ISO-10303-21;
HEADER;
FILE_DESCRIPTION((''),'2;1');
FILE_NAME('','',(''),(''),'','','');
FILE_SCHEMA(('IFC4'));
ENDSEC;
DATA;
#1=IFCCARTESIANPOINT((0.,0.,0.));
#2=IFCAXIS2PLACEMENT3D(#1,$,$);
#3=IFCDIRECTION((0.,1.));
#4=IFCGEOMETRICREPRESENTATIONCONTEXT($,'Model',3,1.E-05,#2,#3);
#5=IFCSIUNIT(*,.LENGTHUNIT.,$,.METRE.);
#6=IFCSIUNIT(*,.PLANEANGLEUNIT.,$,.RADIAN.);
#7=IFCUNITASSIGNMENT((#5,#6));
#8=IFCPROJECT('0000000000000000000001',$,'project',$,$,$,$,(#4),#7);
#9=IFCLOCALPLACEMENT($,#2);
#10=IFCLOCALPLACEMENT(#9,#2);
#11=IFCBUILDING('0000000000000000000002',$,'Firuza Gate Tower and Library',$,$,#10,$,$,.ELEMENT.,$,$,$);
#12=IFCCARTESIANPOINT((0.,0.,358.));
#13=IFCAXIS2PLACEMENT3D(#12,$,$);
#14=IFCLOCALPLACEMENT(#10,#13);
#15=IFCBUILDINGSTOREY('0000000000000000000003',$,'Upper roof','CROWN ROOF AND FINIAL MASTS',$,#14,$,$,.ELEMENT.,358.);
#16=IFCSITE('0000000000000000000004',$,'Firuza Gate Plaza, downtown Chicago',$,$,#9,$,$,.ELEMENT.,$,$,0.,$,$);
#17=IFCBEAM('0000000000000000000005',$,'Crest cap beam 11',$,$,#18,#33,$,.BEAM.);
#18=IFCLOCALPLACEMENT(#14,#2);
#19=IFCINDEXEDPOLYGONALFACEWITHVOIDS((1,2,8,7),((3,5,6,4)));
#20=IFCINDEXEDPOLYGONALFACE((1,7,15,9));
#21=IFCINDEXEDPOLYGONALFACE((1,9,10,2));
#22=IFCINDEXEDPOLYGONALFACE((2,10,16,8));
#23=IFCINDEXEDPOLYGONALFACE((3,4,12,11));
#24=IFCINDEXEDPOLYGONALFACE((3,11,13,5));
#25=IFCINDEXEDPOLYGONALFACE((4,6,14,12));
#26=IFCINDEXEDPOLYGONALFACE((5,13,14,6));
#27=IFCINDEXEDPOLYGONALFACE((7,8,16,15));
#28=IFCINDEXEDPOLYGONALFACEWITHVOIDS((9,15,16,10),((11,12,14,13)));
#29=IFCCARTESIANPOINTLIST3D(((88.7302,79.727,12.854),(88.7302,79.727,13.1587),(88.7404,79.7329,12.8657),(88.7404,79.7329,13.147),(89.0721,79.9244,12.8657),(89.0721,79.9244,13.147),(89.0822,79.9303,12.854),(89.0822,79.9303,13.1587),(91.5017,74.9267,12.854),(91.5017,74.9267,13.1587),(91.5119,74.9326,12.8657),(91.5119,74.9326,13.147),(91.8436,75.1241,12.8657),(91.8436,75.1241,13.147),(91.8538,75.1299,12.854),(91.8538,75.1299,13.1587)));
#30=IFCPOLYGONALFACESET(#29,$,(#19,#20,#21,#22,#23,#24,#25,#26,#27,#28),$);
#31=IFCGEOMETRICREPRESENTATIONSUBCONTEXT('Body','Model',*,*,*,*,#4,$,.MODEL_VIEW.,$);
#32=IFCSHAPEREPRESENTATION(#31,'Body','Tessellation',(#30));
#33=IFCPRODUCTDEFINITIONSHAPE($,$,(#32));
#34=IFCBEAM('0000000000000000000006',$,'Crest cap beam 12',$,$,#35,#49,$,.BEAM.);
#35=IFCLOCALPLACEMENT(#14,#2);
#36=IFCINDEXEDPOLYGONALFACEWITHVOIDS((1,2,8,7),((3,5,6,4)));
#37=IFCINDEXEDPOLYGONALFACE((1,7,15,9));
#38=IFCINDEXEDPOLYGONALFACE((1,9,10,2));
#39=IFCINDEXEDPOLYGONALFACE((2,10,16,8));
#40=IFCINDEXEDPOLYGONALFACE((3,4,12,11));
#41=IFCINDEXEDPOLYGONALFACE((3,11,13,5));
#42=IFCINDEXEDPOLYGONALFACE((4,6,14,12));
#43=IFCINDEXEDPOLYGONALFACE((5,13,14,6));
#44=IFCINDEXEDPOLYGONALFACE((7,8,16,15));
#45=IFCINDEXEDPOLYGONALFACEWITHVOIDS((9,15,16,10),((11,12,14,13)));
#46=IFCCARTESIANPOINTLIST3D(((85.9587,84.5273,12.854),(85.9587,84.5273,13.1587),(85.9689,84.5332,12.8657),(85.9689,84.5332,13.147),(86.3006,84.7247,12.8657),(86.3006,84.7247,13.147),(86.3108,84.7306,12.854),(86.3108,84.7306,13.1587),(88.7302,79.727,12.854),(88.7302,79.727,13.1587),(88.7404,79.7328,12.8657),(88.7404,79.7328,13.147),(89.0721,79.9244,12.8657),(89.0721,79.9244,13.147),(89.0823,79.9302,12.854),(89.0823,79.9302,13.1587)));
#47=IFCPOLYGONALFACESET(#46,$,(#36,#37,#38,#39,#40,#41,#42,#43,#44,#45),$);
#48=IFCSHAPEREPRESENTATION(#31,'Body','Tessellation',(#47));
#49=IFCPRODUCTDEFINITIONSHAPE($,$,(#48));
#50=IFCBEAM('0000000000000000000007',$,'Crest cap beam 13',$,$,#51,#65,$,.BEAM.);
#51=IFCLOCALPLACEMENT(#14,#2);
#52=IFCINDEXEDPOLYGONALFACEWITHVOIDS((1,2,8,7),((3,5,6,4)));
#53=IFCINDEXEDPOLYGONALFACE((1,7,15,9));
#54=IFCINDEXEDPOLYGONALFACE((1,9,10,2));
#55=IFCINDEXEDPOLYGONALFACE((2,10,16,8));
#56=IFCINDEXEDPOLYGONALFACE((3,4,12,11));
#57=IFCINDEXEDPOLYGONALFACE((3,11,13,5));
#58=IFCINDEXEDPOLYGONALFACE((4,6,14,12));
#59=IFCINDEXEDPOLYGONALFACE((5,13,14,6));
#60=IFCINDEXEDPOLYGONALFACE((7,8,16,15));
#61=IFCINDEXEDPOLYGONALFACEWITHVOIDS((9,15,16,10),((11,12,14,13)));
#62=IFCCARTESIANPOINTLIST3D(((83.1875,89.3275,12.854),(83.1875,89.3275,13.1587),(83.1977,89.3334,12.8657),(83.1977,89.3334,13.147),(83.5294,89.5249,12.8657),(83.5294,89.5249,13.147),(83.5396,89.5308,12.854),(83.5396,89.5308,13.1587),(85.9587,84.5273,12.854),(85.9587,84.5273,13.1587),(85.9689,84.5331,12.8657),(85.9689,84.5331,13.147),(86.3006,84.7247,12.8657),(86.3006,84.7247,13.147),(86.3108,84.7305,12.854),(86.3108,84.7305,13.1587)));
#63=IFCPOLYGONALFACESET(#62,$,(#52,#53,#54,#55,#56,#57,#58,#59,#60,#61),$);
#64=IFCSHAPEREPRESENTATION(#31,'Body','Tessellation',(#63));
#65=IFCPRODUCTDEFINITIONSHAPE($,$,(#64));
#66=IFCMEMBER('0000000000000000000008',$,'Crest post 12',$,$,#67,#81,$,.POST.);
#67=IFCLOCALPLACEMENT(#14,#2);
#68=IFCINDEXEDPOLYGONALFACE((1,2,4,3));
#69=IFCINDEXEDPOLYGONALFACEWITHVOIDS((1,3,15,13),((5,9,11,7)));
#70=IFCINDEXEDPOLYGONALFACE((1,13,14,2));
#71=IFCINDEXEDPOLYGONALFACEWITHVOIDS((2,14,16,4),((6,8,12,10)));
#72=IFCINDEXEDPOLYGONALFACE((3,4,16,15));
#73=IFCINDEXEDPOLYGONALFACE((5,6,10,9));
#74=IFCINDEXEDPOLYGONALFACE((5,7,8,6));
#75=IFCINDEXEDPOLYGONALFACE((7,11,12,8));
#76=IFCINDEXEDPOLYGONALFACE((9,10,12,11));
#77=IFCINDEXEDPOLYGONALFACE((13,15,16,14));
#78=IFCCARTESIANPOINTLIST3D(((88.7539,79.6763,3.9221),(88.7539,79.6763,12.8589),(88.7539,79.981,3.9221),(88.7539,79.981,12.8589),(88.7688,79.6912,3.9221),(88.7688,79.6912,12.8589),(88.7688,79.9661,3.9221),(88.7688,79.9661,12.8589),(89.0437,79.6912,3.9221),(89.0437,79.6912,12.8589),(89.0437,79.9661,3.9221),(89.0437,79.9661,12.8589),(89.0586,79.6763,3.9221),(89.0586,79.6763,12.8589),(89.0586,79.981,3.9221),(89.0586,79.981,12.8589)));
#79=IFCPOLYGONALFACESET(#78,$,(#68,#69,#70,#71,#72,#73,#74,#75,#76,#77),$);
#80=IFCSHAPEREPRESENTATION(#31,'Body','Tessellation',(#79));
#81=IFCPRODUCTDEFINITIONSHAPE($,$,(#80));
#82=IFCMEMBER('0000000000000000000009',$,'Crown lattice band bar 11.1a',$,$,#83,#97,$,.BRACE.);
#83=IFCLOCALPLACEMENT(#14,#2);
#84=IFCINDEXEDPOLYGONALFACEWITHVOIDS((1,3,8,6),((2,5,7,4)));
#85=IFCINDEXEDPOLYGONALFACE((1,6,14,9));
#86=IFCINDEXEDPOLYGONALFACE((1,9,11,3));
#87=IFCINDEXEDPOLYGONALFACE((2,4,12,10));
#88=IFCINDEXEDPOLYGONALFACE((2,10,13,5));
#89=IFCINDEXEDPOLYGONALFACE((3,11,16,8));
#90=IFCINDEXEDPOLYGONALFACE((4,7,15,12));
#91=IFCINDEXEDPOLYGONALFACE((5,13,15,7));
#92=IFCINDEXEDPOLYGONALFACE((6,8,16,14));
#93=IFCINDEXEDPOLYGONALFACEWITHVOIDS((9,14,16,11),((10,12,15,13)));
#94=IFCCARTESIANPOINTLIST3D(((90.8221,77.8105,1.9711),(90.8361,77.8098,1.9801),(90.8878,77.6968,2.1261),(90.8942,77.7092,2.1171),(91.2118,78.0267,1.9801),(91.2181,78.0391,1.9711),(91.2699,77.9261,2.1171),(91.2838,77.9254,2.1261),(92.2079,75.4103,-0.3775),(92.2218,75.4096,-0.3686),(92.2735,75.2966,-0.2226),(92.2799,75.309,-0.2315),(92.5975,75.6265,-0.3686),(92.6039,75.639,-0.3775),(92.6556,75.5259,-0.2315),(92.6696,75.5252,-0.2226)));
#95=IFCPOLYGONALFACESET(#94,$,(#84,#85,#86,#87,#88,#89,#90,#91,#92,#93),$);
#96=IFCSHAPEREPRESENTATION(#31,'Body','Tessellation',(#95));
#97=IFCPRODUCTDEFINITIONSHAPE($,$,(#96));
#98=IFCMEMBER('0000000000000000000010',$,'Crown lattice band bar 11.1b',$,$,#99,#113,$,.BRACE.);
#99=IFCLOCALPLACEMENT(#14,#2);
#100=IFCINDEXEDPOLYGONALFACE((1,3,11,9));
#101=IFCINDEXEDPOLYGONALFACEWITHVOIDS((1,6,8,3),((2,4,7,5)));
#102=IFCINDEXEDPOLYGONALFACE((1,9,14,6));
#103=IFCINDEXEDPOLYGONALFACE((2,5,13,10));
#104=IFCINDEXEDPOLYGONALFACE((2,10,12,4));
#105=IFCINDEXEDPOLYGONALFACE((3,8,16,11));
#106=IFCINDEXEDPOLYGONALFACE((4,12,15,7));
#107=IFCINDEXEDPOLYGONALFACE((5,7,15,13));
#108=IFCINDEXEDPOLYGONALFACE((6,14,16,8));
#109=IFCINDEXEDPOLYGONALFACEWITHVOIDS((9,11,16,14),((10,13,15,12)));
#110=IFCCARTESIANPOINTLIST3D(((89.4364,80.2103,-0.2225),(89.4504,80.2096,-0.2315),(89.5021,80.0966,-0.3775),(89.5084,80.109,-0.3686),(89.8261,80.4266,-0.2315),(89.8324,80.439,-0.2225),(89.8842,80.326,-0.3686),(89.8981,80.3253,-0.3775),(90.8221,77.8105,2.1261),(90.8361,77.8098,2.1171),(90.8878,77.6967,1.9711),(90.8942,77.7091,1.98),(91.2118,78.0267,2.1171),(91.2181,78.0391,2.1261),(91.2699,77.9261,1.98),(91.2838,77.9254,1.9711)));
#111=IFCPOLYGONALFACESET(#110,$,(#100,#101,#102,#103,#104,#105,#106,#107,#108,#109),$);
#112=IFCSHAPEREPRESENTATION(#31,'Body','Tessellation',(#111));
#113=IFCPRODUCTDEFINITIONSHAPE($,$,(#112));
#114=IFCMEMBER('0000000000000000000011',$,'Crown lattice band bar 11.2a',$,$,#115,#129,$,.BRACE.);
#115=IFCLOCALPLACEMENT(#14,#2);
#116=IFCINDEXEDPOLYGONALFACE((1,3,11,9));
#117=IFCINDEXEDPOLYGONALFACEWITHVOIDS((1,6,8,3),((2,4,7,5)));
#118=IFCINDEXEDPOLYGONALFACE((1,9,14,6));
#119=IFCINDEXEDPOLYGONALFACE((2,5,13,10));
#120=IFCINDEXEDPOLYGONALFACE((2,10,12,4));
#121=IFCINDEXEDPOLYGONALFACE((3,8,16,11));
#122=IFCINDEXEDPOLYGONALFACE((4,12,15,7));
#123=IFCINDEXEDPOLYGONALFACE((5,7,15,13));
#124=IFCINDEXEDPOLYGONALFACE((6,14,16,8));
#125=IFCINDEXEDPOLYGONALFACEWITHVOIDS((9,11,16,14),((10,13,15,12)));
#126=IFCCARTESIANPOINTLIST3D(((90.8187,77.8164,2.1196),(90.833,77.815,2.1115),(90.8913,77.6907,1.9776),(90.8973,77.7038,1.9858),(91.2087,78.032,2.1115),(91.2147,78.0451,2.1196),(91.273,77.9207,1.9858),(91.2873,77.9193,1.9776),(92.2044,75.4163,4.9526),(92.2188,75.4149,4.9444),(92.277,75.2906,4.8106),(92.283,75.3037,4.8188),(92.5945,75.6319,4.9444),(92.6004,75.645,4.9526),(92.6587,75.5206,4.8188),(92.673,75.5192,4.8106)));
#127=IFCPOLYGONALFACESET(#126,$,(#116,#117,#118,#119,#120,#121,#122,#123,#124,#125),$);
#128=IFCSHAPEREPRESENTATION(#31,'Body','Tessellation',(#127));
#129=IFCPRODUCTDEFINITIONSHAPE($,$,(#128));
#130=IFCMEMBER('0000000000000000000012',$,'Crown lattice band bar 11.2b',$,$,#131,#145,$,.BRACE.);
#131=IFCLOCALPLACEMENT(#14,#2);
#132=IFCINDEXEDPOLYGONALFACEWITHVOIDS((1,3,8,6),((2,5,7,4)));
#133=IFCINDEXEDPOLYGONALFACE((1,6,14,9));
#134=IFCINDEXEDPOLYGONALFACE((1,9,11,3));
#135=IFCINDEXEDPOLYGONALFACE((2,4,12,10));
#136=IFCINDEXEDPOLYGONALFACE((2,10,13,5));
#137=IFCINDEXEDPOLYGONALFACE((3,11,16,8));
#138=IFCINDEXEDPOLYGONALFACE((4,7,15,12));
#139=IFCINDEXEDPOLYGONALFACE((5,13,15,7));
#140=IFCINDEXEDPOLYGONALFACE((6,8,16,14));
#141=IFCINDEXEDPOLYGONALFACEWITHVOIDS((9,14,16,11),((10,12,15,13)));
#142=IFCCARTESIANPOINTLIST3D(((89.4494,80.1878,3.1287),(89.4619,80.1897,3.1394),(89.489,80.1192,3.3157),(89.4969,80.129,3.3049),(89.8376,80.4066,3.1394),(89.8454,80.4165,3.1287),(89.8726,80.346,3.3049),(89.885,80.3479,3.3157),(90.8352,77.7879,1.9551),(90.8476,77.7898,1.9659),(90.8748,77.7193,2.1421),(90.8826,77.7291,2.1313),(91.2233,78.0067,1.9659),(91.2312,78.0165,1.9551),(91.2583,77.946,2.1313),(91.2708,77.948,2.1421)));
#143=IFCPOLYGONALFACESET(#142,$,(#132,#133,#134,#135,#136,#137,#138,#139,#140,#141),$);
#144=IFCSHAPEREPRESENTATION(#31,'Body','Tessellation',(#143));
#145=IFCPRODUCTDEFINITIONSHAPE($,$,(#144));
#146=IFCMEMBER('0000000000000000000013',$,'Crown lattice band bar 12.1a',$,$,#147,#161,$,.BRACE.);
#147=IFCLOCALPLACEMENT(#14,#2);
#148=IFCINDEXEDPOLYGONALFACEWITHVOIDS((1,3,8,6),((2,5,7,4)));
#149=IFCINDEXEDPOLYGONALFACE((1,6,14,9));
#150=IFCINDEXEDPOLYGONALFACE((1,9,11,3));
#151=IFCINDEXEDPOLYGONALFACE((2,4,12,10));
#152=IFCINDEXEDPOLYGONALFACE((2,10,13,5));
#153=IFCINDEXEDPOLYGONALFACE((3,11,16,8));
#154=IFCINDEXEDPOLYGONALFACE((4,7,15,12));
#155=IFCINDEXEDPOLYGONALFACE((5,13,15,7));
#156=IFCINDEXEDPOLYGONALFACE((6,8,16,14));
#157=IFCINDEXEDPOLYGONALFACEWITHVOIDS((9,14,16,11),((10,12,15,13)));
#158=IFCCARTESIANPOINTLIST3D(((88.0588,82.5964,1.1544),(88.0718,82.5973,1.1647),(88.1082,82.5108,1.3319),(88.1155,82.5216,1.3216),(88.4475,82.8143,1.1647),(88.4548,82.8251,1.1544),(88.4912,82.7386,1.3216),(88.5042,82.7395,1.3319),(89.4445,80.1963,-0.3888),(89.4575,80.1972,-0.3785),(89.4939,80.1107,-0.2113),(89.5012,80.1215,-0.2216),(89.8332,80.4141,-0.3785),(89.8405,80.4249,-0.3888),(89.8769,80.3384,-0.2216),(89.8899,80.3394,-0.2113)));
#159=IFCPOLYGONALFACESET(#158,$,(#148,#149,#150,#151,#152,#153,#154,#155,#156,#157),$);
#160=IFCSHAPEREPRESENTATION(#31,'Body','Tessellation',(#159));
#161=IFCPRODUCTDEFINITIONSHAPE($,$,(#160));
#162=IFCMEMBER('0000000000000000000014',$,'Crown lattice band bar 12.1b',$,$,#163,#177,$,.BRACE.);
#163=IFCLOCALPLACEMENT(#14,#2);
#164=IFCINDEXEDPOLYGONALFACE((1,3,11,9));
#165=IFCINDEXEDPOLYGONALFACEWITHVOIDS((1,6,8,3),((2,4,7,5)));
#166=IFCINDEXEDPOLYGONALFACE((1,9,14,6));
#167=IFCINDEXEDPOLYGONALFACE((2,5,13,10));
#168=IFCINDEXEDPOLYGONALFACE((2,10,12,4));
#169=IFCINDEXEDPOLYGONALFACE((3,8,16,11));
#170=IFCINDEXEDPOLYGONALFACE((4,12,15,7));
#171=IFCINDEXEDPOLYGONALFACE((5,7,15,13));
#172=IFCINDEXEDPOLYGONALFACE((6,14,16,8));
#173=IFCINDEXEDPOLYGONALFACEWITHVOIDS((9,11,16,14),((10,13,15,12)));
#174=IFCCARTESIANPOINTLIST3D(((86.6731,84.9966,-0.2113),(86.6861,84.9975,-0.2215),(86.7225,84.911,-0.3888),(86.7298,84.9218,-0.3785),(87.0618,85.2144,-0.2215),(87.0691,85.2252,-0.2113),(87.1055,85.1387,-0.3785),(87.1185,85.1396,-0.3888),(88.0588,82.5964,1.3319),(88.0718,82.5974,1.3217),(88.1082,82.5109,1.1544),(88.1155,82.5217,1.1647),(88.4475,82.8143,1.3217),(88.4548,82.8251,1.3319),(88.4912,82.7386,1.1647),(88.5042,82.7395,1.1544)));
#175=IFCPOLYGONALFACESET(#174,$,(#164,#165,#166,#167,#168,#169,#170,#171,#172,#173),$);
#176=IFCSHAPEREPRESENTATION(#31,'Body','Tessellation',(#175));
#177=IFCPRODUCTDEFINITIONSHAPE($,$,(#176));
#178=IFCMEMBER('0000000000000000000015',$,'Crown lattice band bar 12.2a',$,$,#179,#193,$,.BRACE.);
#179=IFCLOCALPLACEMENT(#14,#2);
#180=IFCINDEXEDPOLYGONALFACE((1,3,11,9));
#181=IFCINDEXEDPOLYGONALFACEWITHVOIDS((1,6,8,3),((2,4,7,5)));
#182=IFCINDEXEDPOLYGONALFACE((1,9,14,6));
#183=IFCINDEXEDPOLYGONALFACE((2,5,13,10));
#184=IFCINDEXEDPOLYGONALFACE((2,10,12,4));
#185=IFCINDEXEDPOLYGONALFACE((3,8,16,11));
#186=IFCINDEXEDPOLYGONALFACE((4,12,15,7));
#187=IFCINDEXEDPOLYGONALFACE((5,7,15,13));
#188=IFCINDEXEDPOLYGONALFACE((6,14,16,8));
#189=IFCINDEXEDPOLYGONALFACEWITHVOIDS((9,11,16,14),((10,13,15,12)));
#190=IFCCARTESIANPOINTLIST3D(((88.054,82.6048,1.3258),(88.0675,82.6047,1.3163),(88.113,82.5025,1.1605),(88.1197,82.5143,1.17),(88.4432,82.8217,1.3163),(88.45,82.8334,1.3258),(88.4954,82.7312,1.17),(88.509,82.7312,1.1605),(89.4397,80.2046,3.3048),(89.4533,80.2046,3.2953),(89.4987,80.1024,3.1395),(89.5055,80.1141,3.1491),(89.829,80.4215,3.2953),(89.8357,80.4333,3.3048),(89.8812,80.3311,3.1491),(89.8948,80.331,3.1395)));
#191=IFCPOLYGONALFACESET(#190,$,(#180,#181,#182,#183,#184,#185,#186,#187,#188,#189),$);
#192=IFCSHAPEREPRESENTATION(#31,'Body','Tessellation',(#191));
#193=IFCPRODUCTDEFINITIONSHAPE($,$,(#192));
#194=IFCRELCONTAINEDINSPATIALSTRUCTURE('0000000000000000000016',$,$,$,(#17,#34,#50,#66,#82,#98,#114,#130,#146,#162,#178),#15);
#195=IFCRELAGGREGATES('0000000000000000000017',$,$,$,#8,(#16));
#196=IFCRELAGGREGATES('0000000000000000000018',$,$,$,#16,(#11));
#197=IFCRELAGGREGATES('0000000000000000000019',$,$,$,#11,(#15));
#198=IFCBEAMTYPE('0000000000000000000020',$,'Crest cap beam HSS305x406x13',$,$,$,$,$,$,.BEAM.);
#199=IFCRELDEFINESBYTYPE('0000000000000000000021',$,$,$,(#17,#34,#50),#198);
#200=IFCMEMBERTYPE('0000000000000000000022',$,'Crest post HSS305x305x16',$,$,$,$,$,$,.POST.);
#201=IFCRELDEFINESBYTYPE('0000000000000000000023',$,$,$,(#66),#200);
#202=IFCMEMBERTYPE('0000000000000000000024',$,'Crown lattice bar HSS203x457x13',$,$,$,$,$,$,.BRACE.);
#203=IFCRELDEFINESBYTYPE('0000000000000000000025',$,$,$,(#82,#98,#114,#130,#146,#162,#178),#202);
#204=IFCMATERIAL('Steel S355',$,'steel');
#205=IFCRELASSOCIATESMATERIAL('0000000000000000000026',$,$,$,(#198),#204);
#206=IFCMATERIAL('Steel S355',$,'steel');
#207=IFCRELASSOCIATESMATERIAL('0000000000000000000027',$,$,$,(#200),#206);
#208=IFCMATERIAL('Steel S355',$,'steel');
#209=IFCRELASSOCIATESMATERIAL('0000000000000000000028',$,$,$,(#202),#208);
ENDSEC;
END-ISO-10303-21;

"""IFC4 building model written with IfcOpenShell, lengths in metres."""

from ifc_helpers import new_model, si_unit, direction, frame, origin, origin_2d, place, context, subcontext, project, spatial, hollow_rectangle, extrude, material, material_profile, profile_set, type_object, element, save


model = new_model("IFC4")

# Units and contexts
model_context = context("Model", 3, precision=1e-05, world=origin(), true_north=direction((0.0, 1.0)))
body_context = subcontext(model_context, "Body", "Model", "MODEL_VIEW")
ifc_project = project(units=[si_unit("LENGTHUNIT", "METRE"), si_unit("PLANEANGLEUNIT", "RADIAN")], contexts=[model_context])

# Site, building, storey
site_placement = place(None, origin())
site = spatial("IfcSite", under=ifc_project, at=site_placement, Name="Firuza Gate Plaza, downtown Chicago", CompositionType="ELEMENT", RefElevation=0.0)
building_placement = place(site_placement, origin())
building = spatial("IfcBuilding", under=site, at=building_placement, Name="Firuza Gate Tower and Library", CompositionType="ELEMENT")
storey_placement = place(building_placement, frame((0.0, 0.0, 358.0)))
storey = spatial("IfcBuildingStorey", under=building, at=storey_placement, Name="Upper roof", Description="CROWN ROOF AND FINIAL MASTS", CompositionType="ELEMENT", Elevation=358.0)

# Beams
ifc_material_1 = material(Name="Steel S355", Category="steel")
ifc_material_profile_1 = material_profile(ifc_material_1, hollow_rectangle(XDim=0.4065, YDim=0.3047, WallThickness=0.0117, at=origin_2d()))
ifc_profile_set_1 = profile_set([ifc_material_profile_1], Name="Steel S355")
beam_type_1 = type_object("IfcBeamType", Name="Crest cap beam HSS305x406x13", PredefinedType="BEAM", material=ifc_profile_set_1)
for number, where, z_axis, x_axis, name in (
    (1, (91.6777, 75.0283, 13.0063), (-0.500005, 0.866023, 0.0), (-0.866023, -0.500005, 0.0), "Crest cap beam 11"),
    (2, (88.9062, 79.8286, 13.0063), (-0.500005, 0.866023, 0.0), (-0.866023, -0.500005, 0.0), "Crest cap beam 12"),
):
    element("IfcBeam", number, at=place(storey_placement, frame(where, z_axis=z_axis, x_axis=x_axis)), inside=storey, type_object=beam_type_1, Name=name, PredefinedType="BEAM", context=body_context, shape_type="SweptSolid", body=[
        extrude(hollow_rectangle(XDim=0.4065, YDim=0.3047, WallThickness=0.0117, at=origin_2d()), origin(), (0.0, 0.0, 1.0), 5.543),
    ])
beam_1_placement = place(storey_placement, frame((86.1348, 84.6289, 13.0063), z_axis=(-0.499972, 0.866042, 0.0), x_axis=(-0.866042, -0.499972, 0.0)))
element("IfcBeam", 3, at=beam_1_placement, inside=storey, type_object=beam_type_1, Name="Crest cap beam 13", PredefinedType="BEAM", context=body_context, shape_type="SweptSolid", body=[
    extrude(hollow_rectangle(XDim=0.4065, YDim=0.3047, WallThickness=0.0117, at=origin_2d()), origin(), (0.0, 0.0, 1.0), 5.5427),
])

# Members
ifc_material_2 = material(Name="Steel S355", Category="steel")
ifc_material_profile_2 = material_profile(ifc_material_2, hollow_rectangle(XDim=0.3047, YDim=0.3047, WallThickness=0.0149, at=origin_2d()))
ifc_profile_set_2 = profile_set([ifc_material_profile_2], Name="Steel S355")
member_type_1 = type_object("IfcMemberType", Name="Crest post HSS305x305x16", PredefinedType="POST", material=ifc_profile_set_2)
member_1_placement = place(storey_placement, frame((88.9062, 79.8286, 3.9221), z_axis=(0.0, 0.0, 1.0), x_axis=(1.0, 0.0, 0.0)))
element("IfcMember", 4, at=member_1_placement, inside=storey, type_object=member_type_1, Name="Crest post 12", PredefinedType="POST", context=body_context, shape_type="SweptSolid", body=[
    extrude(hollow_rectangle(XDim=0.3047, YDim=0.3047, WallThickness=0.0149, at=origin_2d()), origin(), (0.0, 0.0, 1.0), 8.9368),
])
ifc_material_3 = material(Name="Steel S355", Category="steel")
ifc_material_profile_3 = material_profile(ifc_material_3, hollow_rectangle(XDim=0.4573, YDim=0.2031, WallThickness=0.0117, at=origin_2d()))
ifc_profile_set_3 = profile_set([ifc_material_profile_3], Name="Steel S355")
member_type_2 = type_object("IfcMemberType", Name="Crown lattice bar HSS203x457x13", PredefinedType="BRACE", material=ifc_profile_set_3)
member_2_placement = place(storey_placement, frame((92.4387, 75.4678, -0.3), z_axis=(-0.381455, 0.660692, 0.646512), x_axis=(-0.866023, -0.500005, 0.0)))
element("IfcMember", 5, at=member_2_placement, inside=storey, type_object=member_type_2, Name="Crown lattice band bar 11.1a", PredefinedType="BRACE", context=body_context, shape_type="SweptSolid", body=[
    extrude(hollow_rectangle(XDim=0.4573, YDim=0.2031, WallThickness=0.0117, at=origin_2d()), origin(), (0.0, 0.0, 1.0), 3.6328),
])
member_3_placement = place(storey_placement, frame((91.053, 77.8679, 2.0486), z_axis=(-0.381472, 0.660654, -0.646541), x_axis=(-0.866001, -0.500043, 0.0)))
element("IfcMember", 6, at=member_3_placement, inside=storey, type_object=member_type_2, Name="Crown lattice band bar 11.1b", PredefinedType="BRACE", context=body_context, shape_type="SweptSolid", body=[
    extrude(hollow_rectangle(XDim=0.4573, YDim=0.2031, WallThickness=0.0117, at=origin_2d()), origin(), (0.0, 0.0, 1.0), 3.6326),
])
member_4_placement = place(storey_placement, frame((92.4387, 75.4678, 4.8816), z_axis=(-0.349653, 0.605609, -0.714829), x_axis=(-0.866023, -0.500005, 0.0)))
element("IfcMember", 7, at=member_4_placement, inside=storey, type_object=member_type_2, Name="Crown lattice band bar 11.2a", PredefinedType="BRACE", context=body_context, shape_type="SweptSolid", body=[
    extrude(hollow_rectangle(XDim=0.4573, YDim=0.2031, WallThickness=0.0117, at=origin_2d()), origin(), (0.0, 0.0, 1.0), 3.9631),
])
member_5_placement = place(storey_placement, frame((91.053, 77.8679, 2.0486), z_axis=(-0.460455, 0.797441, 0.389959), x_axis=(-0.866001, -0.500043, 0.0)))
element("IfcMember", 8, at=member_5_placement, inside=storey, type_object=member_type_2, Name="Crown lattice band bar 11.2b", PredefinedType="BRACE", context=body_context, shape_type="SweptSolid", body=[
    extrude(hollow_rectangle(XDim=0.4573, YDim=0.2031, WallThickness=0.0117, at=origin_2d()), origin(), (0.0, 0.0, 1.0), 3.0095),
])
for number, where, z_axis, x_axis, name in (
    (9, (89.6672, 80.2678, -0.3), (-0.436847, 0.756633, 0.486489), (-0.866023, -0.500005, 0.0), "Crown lattice band bar 12.1a"),
    (10, (88.2815, 82.668, 1.2432), (-0.436847, 0.756633, -0.486489), (-0.866023, -0.500005, 0.0), "Crown lattice band bar 12.1b"),
):
    element("IfcMember", number, at=place(storey_placement, frame(where, z_axis=z_axis, x_axis=x_axis)), inside=storey, type_object=member_type_2, Name=name, PredefinedType="BRACE", context=body_context, shape_type="SweptSolid", body=[
        extrude(hollow_rectangle(XDim=0.4573, YDim=0.2031, WallThickness=0.0117, at=origin_2d()), origin(), (0.0, 0.0, 1.0), 3.1721),
    ])
member_6_placement = place(storey_placement, frame((89.6672, 80.2678, 3.2222), z_axis=(-0.406913, 0.704785, -0.58112), x_axis=(-0.866023, -0.500005, 0.0)))
element("IfcMember", 11, at=member_6_placement, inside=storey, type_object=member_type_2, Name="Crown lattice band bar 12.2a", PredefinedType="BRACE", context=body_context, shape_type="SweptSolid", body=[
    extrude(hollow_rectangle(XDim=0.4573, YDim=0.2031, WallThickness=0.0117, at=origin_2d()), origin(), (0.0, 0.0, 1.0), 3.4055),
])

save(model, "model.ifc")
